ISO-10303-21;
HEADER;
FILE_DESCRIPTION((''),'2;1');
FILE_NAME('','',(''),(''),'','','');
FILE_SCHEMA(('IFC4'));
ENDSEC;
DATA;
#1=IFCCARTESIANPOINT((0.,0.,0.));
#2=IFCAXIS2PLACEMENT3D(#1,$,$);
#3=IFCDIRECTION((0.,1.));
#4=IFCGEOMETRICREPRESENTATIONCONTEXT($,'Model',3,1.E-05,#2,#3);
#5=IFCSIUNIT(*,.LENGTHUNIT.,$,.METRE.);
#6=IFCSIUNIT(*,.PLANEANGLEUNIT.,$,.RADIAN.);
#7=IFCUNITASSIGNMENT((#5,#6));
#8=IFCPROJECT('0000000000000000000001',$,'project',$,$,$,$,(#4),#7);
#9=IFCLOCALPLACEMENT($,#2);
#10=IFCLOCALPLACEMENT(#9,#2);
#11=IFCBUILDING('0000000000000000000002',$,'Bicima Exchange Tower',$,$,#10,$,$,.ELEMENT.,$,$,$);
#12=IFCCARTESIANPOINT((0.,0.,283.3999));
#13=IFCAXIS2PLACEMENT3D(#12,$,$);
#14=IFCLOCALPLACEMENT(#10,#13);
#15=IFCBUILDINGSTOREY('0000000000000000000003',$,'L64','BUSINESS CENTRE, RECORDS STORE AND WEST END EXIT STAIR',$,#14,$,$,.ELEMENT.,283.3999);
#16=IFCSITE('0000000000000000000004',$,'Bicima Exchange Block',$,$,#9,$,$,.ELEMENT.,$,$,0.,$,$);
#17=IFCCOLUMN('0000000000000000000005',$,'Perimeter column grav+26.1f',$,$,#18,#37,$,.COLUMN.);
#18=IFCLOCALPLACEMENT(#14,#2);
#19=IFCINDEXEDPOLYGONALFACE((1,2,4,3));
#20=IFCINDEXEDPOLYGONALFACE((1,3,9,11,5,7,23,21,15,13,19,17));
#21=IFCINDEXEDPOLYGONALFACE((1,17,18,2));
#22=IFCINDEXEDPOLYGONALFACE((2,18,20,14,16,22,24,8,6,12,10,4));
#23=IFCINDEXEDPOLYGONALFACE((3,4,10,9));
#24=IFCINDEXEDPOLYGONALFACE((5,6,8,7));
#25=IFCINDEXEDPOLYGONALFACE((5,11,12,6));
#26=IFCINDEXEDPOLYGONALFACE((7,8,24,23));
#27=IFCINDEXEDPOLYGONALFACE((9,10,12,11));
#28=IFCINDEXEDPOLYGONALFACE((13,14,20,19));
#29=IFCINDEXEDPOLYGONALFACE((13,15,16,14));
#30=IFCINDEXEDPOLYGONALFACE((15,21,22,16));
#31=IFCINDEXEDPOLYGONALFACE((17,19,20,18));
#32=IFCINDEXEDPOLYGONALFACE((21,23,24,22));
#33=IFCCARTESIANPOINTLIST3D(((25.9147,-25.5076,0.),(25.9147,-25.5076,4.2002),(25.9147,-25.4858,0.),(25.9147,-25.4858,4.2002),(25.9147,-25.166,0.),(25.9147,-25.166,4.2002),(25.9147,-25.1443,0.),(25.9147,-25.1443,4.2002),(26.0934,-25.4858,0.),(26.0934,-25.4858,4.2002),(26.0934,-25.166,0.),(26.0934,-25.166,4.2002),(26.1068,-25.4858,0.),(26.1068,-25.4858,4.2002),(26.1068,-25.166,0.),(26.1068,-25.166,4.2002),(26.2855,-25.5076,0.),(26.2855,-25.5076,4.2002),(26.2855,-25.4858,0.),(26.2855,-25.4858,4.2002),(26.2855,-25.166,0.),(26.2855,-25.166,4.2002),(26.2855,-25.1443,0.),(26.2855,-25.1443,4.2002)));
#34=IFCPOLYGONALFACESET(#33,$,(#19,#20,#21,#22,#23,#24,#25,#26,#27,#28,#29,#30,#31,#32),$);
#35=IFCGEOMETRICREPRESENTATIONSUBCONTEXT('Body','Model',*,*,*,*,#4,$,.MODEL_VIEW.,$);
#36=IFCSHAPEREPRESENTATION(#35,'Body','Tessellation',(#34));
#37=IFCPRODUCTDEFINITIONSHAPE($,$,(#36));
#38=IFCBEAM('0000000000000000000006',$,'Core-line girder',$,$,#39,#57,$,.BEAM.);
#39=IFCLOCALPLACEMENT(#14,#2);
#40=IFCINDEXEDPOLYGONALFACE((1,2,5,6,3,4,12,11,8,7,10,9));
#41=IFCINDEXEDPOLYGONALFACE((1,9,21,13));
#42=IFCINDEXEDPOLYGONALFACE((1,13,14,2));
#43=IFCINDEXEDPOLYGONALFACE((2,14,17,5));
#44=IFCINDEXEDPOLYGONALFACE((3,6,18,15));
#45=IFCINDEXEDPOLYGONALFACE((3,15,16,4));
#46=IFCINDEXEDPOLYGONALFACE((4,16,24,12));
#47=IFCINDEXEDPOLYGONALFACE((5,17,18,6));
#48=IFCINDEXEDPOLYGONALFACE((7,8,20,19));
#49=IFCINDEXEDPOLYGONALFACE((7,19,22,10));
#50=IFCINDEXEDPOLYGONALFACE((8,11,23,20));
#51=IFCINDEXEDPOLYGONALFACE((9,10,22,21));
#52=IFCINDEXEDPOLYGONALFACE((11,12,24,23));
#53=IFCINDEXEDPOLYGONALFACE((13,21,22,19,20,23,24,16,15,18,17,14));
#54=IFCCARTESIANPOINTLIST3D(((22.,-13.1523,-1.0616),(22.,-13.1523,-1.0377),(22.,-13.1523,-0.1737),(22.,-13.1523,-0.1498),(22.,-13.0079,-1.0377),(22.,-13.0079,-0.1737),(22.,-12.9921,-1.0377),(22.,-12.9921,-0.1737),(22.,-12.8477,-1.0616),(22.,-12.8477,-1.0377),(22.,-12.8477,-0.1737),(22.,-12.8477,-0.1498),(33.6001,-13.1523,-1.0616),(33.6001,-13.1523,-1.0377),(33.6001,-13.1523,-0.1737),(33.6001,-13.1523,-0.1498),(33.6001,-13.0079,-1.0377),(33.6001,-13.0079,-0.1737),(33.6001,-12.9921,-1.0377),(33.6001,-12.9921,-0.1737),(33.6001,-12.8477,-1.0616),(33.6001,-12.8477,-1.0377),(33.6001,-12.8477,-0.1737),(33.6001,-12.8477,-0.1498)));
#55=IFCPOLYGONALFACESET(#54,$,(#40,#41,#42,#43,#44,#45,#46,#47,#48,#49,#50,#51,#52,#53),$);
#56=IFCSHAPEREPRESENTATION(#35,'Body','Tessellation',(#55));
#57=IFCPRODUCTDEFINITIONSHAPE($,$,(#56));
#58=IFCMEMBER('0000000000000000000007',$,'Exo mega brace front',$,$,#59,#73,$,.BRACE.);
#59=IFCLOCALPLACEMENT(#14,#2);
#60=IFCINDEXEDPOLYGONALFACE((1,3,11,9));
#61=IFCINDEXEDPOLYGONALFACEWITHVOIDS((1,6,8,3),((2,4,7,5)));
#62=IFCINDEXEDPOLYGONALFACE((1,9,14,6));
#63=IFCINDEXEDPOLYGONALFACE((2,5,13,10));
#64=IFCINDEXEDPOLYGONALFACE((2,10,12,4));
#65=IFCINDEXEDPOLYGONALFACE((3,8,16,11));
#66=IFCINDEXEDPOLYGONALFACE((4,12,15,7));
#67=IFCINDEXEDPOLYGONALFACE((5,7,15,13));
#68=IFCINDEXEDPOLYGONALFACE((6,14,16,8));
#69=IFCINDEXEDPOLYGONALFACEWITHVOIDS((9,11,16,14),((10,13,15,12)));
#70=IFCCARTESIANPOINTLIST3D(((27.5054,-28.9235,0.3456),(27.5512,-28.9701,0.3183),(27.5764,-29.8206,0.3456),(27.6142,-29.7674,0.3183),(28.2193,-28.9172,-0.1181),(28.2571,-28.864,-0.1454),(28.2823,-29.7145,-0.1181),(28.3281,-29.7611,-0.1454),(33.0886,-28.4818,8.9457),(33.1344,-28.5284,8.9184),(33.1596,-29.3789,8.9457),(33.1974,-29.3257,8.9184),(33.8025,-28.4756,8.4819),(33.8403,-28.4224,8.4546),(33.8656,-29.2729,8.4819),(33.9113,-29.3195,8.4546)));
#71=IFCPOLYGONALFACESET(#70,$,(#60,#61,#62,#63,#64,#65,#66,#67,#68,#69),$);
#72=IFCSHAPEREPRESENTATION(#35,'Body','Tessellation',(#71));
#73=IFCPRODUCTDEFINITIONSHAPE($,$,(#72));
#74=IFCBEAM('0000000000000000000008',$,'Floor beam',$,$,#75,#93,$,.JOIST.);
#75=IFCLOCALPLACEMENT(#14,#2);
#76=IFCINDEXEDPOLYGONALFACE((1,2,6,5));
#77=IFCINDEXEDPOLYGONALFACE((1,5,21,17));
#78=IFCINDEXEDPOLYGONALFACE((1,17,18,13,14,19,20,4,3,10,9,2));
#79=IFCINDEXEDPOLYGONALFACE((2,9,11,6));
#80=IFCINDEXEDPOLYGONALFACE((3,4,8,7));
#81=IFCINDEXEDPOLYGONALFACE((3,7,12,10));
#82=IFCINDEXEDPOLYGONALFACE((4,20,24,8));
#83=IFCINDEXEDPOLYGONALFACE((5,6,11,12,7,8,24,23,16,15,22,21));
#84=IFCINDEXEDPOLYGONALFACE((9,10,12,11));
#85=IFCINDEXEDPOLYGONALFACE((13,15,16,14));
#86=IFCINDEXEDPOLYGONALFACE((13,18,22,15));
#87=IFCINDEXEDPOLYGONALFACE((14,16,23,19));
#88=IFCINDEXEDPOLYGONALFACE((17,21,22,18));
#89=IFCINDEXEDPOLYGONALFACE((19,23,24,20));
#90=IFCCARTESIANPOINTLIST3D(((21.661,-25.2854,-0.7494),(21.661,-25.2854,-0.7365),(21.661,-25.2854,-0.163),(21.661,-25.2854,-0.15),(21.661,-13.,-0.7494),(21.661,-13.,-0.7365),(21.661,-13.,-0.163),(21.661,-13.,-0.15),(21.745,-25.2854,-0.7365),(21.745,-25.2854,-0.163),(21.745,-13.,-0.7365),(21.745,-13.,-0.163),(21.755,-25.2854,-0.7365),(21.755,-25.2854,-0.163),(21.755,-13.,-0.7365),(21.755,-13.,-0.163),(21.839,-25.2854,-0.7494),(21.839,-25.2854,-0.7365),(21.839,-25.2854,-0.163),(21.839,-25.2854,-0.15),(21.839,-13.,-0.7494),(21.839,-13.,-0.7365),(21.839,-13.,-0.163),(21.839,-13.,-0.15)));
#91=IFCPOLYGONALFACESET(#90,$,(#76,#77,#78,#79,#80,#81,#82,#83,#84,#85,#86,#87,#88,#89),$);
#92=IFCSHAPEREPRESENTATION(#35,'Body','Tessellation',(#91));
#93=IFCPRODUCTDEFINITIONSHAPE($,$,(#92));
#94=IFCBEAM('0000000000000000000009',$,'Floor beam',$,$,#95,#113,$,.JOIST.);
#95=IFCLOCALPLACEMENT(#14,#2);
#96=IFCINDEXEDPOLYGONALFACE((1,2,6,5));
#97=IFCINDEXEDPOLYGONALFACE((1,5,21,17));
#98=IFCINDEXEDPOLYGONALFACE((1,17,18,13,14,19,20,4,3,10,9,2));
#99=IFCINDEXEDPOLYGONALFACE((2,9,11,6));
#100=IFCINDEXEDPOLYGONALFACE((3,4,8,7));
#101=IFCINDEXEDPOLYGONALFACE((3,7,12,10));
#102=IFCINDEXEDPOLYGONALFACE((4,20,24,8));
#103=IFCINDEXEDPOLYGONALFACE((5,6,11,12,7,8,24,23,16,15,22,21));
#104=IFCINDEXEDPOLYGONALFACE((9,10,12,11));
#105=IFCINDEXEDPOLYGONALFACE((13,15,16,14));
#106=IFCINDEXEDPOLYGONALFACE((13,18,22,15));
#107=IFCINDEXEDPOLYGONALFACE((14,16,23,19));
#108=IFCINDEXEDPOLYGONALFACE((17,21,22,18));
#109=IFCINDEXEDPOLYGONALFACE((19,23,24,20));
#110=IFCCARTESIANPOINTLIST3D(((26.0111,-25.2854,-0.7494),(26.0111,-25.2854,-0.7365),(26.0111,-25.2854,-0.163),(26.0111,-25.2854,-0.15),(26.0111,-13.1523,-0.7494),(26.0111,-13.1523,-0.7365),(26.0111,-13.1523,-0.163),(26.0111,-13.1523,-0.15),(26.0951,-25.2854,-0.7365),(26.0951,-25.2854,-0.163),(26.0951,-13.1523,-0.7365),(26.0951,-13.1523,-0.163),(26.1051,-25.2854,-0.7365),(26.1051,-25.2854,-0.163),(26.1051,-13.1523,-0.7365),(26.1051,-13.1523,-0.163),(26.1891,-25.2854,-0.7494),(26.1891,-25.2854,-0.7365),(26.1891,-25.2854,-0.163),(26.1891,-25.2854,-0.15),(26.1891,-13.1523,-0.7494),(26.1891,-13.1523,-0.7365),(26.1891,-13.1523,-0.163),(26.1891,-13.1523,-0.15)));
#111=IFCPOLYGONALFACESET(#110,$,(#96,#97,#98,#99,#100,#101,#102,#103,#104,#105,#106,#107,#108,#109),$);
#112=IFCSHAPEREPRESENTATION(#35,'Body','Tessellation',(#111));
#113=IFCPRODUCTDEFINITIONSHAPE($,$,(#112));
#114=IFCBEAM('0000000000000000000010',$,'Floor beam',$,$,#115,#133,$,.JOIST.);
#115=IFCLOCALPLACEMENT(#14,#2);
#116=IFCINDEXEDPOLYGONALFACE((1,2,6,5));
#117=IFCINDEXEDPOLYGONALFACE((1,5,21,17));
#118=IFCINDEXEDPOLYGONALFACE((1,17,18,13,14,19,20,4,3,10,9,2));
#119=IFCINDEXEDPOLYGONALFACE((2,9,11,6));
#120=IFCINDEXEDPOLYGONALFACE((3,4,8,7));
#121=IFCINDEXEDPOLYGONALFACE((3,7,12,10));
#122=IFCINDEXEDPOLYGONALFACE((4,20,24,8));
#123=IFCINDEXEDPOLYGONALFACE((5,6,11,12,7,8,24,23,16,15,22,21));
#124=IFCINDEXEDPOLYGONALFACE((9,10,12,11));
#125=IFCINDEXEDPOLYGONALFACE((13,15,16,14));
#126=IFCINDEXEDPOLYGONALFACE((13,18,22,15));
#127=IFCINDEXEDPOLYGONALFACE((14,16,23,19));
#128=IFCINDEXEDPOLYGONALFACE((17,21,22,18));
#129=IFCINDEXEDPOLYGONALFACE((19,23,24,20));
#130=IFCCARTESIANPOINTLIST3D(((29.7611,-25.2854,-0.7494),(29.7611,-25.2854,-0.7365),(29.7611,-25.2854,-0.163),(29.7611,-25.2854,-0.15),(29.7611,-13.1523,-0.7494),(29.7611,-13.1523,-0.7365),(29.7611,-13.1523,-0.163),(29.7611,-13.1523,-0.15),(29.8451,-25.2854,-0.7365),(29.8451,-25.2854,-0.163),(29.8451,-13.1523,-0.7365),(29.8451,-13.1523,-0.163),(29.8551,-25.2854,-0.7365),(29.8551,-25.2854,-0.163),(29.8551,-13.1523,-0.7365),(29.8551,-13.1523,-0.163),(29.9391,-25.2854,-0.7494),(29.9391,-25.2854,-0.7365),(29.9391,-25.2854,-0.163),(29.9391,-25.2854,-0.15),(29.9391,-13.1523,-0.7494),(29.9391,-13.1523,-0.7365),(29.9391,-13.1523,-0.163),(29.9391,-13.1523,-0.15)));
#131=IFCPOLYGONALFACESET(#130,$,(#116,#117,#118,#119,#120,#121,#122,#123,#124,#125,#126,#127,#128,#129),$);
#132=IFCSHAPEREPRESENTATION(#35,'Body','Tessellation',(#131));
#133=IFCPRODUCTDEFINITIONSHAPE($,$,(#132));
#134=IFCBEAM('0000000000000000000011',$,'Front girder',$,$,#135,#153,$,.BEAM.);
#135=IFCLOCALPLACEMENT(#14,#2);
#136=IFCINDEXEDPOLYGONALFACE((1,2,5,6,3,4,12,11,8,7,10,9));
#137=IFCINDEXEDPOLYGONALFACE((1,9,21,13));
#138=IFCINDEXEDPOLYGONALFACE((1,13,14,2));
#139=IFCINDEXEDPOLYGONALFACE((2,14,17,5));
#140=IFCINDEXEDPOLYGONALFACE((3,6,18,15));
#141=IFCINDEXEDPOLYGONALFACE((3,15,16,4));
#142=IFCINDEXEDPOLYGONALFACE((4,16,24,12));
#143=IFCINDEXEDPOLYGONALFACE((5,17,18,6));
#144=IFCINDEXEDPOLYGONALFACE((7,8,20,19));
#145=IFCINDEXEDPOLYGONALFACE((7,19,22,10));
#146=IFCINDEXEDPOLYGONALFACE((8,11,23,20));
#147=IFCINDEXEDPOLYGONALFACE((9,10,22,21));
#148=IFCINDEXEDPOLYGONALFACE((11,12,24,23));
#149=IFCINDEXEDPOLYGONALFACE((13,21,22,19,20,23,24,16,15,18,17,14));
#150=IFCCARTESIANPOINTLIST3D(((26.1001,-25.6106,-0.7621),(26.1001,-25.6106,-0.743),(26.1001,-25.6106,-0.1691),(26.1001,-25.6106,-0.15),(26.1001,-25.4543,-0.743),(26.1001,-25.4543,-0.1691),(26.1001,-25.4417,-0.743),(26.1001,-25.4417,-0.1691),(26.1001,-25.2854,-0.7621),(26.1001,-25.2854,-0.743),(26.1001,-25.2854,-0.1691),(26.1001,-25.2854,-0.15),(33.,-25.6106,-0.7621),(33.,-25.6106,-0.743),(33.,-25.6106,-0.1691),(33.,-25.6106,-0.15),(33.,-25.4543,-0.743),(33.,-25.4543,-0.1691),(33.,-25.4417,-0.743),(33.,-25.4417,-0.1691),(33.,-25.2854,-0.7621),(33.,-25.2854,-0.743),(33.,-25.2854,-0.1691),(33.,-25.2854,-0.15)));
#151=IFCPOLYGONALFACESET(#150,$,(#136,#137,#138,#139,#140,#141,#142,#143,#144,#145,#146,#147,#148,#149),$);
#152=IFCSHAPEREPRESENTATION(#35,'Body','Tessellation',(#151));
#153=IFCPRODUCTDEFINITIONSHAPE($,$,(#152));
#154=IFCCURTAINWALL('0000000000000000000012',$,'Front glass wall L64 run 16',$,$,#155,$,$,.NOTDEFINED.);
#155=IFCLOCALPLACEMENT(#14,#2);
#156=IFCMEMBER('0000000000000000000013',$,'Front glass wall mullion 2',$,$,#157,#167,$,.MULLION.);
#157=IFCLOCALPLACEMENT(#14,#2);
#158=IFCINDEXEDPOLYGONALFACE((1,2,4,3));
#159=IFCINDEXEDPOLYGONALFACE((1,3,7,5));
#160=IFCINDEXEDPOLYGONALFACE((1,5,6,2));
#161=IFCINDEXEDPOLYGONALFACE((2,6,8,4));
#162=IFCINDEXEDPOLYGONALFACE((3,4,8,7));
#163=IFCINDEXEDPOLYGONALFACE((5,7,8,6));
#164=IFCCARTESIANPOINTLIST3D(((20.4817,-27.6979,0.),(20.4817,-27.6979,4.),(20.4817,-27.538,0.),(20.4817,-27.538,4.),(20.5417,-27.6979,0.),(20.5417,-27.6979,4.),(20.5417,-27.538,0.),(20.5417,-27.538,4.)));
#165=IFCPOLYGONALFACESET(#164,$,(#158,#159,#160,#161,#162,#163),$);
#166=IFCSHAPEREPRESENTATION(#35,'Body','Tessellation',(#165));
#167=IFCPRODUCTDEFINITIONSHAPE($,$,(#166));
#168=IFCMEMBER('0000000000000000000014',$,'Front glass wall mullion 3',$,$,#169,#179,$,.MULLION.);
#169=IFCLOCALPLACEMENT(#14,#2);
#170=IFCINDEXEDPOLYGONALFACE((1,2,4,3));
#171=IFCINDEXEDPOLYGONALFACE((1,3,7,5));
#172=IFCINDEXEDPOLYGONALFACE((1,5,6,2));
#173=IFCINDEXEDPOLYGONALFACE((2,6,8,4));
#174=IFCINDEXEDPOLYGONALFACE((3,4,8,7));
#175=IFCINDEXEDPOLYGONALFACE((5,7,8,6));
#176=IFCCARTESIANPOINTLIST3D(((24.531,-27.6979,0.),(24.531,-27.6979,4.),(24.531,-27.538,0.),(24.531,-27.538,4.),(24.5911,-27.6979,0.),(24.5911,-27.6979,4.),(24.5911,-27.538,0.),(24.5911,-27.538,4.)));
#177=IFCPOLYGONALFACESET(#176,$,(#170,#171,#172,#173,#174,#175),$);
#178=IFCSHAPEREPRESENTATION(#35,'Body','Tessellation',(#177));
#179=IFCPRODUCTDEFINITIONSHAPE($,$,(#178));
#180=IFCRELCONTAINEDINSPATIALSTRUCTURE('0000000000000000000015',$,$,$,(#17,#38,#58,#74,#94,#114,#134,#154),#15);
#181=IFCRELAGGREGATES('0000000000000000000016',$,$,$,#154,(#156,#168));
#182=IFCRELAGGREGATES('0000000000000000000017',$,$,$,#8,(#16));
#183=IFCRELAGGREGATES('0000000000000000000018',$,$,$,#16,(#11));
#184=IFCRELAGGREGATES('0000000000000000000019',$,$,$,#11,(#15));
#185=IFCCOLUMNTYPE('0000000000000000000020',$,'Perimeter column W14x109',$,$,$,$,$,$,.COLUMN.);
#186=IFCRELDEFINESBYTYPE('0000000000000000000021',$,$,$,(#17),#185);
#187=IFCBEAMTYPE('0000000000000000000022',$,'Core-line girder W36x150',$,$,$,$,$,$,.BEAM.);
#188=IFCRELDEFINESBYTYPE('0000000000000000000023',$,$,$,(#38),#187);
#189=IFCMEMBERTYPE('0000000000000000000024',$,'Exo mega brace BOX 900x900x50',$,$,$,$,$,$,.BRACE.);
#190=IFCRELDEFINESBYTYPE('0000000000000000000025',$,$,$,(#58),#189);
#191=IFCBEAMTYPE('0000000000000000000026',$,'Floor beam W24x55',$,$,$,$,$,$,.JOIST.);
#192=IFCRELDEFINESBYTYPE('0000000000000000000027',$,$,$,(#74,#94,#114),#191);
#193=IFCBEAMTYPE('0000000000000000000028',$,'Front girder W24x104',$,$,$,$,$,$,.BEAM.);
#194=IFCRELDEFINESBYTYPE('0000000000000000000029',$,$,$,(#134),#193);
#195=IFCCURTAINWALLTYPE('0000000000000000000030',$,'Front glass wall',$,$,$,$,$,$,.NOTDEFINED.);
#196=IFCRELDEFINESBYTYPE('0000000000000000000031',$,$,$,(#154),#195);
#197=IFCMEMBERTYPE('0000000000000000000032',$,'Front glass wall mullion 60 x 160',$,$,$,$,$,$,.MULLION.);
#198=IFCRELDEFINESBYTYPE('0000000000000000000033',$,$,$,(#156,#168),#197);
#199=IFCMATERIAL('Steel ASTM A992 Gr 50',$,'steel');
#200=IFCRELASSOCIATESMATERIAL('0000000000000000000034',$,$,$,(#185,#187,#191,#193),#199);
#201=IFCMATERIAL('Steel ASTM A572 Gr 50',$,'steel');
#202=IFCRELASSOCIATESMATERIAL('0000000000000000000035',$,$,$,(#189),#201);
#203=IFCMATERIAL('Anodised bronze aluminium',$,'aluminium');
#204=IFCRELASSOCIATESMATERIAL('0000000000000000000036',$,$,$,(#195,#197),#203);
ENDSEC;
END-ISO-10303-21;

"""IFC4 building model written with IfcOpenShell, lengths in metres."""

from ifc_helpers import new_model, si_unit, direction, frame, origin, origin_2d, place, context, subcontext, project, spatial, rectangle, hollow_rectangle, i_section, extrude, material, material_profile, profile_set, type_object, element, aggregate, save


model = new_model("IFC4")

# Units and contexts
model_context = context("Model", 3, precision=1e-05, world=origin(), true_north=direction((0.0, 1.0)))
body_context = subcontext(model_context, "Body", "Model", "MODEL_VIEW")
ifc_project = project(units=[si_unit("LENGTHUNIT", "METRE"), si_unit("PLANEANGLEUNIT", "RADIAN")], contexts=[model_context])

# Site, building, storey
site_placement = place(None, origin())
site = spatial("IfcSite", under=ifc_project, at=site_placement, Name="Bicima Exchange Block", CompositionType="ELEMENT", RefElevation=0.0)
building_placement = place(site_placement, origin())
building = spatial("IfcBuilding", under=site, at=building_placement, Name="Bicima Exchange Tower", CompositionType="ELEMENT")
storey_placement = place(building_placement, frame((0.0, 0.0, 283.3999)))
storey = spatial("IfcBuildingStorey", under=building, at=storey_placement, Name="L64", Description="BUSINESS CENTRE, RECORDS STORE AND WEST END EXIT STAIR", CompositionType="ELEMENT", Elevation=283.3999)

# Column
ifc_material_1 = material(Name="Steel ASTM A992 Gr 50", Category="steel")
ifc_material_profile_1 = material_profile(ifc_material_1, i_section(OverallWidth=0.3708, OverallDepth=0.3633, WebThickness=0.0134, FlangeThickness=0.0217, at=origin_2d()))
ifc_profile_set_1 = profile_set([ifc_material_profile_1], Name="Steel ASTM A992 Gr 50")
column_type = type_object("IfcColumnType", Name="Perimeter column W14x109", PredefinedType="COLUMN", material=ifc_profile_set_1)
column_placement = place(storey_placement, frame((26.1001, -25.3259, 0.0), z_axis=(0.0, 0.0, 1.0), x_axis=(1.0, 0.0, 0.0)))
element("IfcColumn", 1, at=column_placement, inside=storey, type_object=column_type, Name="Perimeter column grav+26.1f", PredefinedType="COLUMN", context=body_context, shape_type="SweptSolid", body=[
    extrude(i_section(OverallWidth=0.3708, OverallDepth=0.3633, WebThickness=0.0134, FlangeThickness=0.0217, at=origin_2d()), origin(), (0.0, 0.0, 1.0), 4.2002),
])

# Beam
ifc_material_profile_2 = material_profile(ifc_material_1, i_section(OverallWidth=0.3047, OverallDepth=0.9119, WebThickness=0.0159, FlangeThickness=0.0239, at=origin_2d()))
ifc_profile_set_2 = profile_set([ifc_material_profile_2], Name="Steel ASTM A992 Gr 50")
beam_type_1 = type_object("IfcBeamType", Name="Core-line girder W36x150", PredefinedType="BEAM", material=ifc_profile_set_2)
beam_1_placement = place(storey_placement, frame((22.0, -13.0, -0.6057), z_axis=(1.0, 0.0, 0.0), x_axis=(0.0, 1.0, 0.0)))
element("IfcBeam", 2, at=beam_1_placement, inside=storey, type_object=beam_type_1, Name="Core-line girder", PredefinedType="BEAM", context=body_context, shape_type="SweptSolid", body=[
    extrude(i_section(OverallWidth=0.3047, OverallDepth=0.9119, WebThickness=0.0159, FlangeThickness=0.0239, at=origin_2d()), origin(), (0.0, 0.0, 1.0), 11.6001),
])

# Member
ifc_material_2 = material(Name="Steel ASTM A572 Gr 50", Category="steel")
ifc_material_profile_3 = material_profile(ifc_material_2, hollow_rectangle(XDim=0.8999, YDim=0.8999, WallThickness=0.05, at=origin_2d()))
ifc_profile_set_3 = profile_set([ifc_material_profile_3], Name="Steel ASTM A572 Gr 50")
member_type_1 = type_object("IfcMemberType", Name="Exo mega brace BOX 900x900x50", PredefinedType="BRACE", material=ifc_profile_set_3)
member_1_placement = place(storey_placement, frame((27.9167, -29.3423, 0.1001), z_axis=(0.544017, 0.043033, 0.83797), x_axis=(-0.078856, 0.996886, 0.0)))
element("IfcMember", 3, at=member_1_placement, inside=storey, type_object=member_type_1, Name="Exo mega brace front", PredefinedType="BRACE", context=body_context, shape_type="SweptSolid", body=[
    extrude(hollow_rectangle(XDim=0.8999, YDim=0.8999, WallThickness=0.05, at=origin_2d()), origin(), (0.0, 0.0, 1.0), 10.2629),
])

# Beams
ifc_material_profile_4 = material_profile(ifc_material_1, i_section(OverallWidth=0.178, OverallDepth=0.5994, WebThickness=0.01, FlangeThickness=0.0129, at=origin_2d()))
ifc_profile_set_4 = profile_set([ifc_material_profile_4], Name="Steel ASTM A992 Gr 50")
beam_type_2 = type_object("IfcBeamType", Name="Floor beam W24x55", PredefinedType="JOIST", material=ifc_profile_set_4)
beam_2_placement = place(storey_placement, frame((21.75, -13.0, -0.4497), z_axis=(0.0, -1.0, 0.0), x_axis=(1.0, 0.0, 0.0)))
element("IfcBeam", 4, at=beam_2_placement, inside=storey, type_object=beam_type_2, Name="Floor beam", PredefinedType="JOIST", context=body_context, shape_type="SweptSolid", body=[
    extrude(i_section(OverallWidth=0.178, OverallDepth=0.5994, WebThickness=0.01, FlangeThickness=0.0129, at=origin_2d()), origin(), (0.0, 0.0, 1.0), 12.2854),
])
for number, where, z_axis, x_axis, name in (
    (5, (26.1001, -13.1523, -0.4497), (0.0, -1.0, 0.0), (1.0, 0.0, 0.0), "Floor beam"),
    (6, (29.8501, -13.1523, -0.4497), (0.0, -1.0, 0.0), (1.0, 0.0, 0.0), "Floor beam"),
):
    element("IfcBeam", number, at=place(storey_placement, frame(where, z_axis=z_axis, x_axis=x_axis)), inside=storey, type_object=beam_type_2, Name=name, PredefinedType="JOIST", context=body_context, shape_type="SweptSolid", body=[
        extrude(i_section(OverallWidth=0.178, OverallDepth=0.5994, WebThickness=0.01, FlangeThickness=0.0129, at=origin_2d()), origin(), (0.0, 0.0, 1.0), 12.1331),
    ])
ifc_material_profile_5 = material_profile(ifc_material_1, i_section(OverallWidth=0.3252, OverallDepth=0.6121, WebThickness=0.0127, FlangeThickness=0.019, at=origin_2d()))
ifc_profile_set_5 = profile_set([ifc_material_profile_5], Name="Steel ASTM A992 Gr 50")
beam_type_3 = type_object("IfcBeamType", Name="Front girder W24x104", PredefinedType="BEAM", material=ifc_profile_set_5)
beam_3_placement = place(storey_placement, frame((26.1001, -25.448, -0.4561), z_axis=(1.0, 0.0, 0.0), x_axis=(0.0, 1.0, 0.0)))
element("IfcBeam", 7, at=beam_3_placement, inside=storey, type_object=beam_type_3, Name="Front girder", PredefinedType="BEAM", context=body_context, shape_type="SweptSolid", body=[
    extrude(i_section(OverallWidth=0.3252, OverallDepth=0.6121, WebThickness=0.0127, FlangeThickness=0.019, at=origin_2d()), origin(), (0.0, 0.0, 1.0), 6.8999),
])

# Curtain wall, members
ifc_material_3 = material(Name="Anodised bronze aluminium", Category="aluminium")
curtain_wall_type = type_object("IfcCurtainWallType", Name="Front glass wall", PredefinedType="NOTDEFINED", material=ifc_material_3)
curtain_wall_1_placement = place(storey_placement, origin())
curtain_wall_1 = element("IfcCurtainWall", 8, at=curtain_wall_1_placement, inside=storey, type_object=curtain_wall_type, Name="Front glass wall L64 run 16", PredefinedType="NOTDEFINED")
ifc_material_profile_6 = material_profile(ifc_material_3, rectangle(XDim=0.1599, YDim=0.0601, at=origin_2d()))
ifc_profile_set_6 = profile_set([ifc_material_profile_6], Name="Anodised bronze aluminium")
member_type_2 = type_object("IfcMemberType", Name="Front glass wall mullion 60 x 160", PredefinedType="MULLION", material=ifc_profile_set_6)
member_2_placement = place(storey_placement, frame((20.5117, -27.6179, 0.0), z_axis=(0.0, 0.0, 1.0), x_axis=(0.0, 1.0, 0.0)))
member_2 = element("IfcMember", 9, at=member_2_placement, type_object=member_type_2, Name="Front glass wall mullion 2", PredefinedType="MULLION", context=body_context, shape_type="SweptSolid", body=[
    extrude(rectangle(XDim=0.1599, YDim=0.0601, at=origin_2d()), origin(), (0.0, 0.0, 1.0), 4.0),
])
member_3_placement = place(storey_placement, frame((24.561, -27.6179, 0.0), z_axis=(0.0, 0.0, 1.0), x_axis=(0.0, 1.0, 0.0)))
member_3 = element("IfcMember", 10, at=member_3_placement, type_object=member_type_2, Name="Front glass wall mullion 3", PredefinedType="MULLION", context=body_context, shape_type="SweptSolid", body=[
    extrude(rectangle(XDim=0.1599, YDim=0.0601, at=origin_2d()), origin(), (0.0, 0.0, 1.0), 4.0),
])

aggregate(curtain_wall_1, [member_2, member_3])

save(model, "model.ifc")
